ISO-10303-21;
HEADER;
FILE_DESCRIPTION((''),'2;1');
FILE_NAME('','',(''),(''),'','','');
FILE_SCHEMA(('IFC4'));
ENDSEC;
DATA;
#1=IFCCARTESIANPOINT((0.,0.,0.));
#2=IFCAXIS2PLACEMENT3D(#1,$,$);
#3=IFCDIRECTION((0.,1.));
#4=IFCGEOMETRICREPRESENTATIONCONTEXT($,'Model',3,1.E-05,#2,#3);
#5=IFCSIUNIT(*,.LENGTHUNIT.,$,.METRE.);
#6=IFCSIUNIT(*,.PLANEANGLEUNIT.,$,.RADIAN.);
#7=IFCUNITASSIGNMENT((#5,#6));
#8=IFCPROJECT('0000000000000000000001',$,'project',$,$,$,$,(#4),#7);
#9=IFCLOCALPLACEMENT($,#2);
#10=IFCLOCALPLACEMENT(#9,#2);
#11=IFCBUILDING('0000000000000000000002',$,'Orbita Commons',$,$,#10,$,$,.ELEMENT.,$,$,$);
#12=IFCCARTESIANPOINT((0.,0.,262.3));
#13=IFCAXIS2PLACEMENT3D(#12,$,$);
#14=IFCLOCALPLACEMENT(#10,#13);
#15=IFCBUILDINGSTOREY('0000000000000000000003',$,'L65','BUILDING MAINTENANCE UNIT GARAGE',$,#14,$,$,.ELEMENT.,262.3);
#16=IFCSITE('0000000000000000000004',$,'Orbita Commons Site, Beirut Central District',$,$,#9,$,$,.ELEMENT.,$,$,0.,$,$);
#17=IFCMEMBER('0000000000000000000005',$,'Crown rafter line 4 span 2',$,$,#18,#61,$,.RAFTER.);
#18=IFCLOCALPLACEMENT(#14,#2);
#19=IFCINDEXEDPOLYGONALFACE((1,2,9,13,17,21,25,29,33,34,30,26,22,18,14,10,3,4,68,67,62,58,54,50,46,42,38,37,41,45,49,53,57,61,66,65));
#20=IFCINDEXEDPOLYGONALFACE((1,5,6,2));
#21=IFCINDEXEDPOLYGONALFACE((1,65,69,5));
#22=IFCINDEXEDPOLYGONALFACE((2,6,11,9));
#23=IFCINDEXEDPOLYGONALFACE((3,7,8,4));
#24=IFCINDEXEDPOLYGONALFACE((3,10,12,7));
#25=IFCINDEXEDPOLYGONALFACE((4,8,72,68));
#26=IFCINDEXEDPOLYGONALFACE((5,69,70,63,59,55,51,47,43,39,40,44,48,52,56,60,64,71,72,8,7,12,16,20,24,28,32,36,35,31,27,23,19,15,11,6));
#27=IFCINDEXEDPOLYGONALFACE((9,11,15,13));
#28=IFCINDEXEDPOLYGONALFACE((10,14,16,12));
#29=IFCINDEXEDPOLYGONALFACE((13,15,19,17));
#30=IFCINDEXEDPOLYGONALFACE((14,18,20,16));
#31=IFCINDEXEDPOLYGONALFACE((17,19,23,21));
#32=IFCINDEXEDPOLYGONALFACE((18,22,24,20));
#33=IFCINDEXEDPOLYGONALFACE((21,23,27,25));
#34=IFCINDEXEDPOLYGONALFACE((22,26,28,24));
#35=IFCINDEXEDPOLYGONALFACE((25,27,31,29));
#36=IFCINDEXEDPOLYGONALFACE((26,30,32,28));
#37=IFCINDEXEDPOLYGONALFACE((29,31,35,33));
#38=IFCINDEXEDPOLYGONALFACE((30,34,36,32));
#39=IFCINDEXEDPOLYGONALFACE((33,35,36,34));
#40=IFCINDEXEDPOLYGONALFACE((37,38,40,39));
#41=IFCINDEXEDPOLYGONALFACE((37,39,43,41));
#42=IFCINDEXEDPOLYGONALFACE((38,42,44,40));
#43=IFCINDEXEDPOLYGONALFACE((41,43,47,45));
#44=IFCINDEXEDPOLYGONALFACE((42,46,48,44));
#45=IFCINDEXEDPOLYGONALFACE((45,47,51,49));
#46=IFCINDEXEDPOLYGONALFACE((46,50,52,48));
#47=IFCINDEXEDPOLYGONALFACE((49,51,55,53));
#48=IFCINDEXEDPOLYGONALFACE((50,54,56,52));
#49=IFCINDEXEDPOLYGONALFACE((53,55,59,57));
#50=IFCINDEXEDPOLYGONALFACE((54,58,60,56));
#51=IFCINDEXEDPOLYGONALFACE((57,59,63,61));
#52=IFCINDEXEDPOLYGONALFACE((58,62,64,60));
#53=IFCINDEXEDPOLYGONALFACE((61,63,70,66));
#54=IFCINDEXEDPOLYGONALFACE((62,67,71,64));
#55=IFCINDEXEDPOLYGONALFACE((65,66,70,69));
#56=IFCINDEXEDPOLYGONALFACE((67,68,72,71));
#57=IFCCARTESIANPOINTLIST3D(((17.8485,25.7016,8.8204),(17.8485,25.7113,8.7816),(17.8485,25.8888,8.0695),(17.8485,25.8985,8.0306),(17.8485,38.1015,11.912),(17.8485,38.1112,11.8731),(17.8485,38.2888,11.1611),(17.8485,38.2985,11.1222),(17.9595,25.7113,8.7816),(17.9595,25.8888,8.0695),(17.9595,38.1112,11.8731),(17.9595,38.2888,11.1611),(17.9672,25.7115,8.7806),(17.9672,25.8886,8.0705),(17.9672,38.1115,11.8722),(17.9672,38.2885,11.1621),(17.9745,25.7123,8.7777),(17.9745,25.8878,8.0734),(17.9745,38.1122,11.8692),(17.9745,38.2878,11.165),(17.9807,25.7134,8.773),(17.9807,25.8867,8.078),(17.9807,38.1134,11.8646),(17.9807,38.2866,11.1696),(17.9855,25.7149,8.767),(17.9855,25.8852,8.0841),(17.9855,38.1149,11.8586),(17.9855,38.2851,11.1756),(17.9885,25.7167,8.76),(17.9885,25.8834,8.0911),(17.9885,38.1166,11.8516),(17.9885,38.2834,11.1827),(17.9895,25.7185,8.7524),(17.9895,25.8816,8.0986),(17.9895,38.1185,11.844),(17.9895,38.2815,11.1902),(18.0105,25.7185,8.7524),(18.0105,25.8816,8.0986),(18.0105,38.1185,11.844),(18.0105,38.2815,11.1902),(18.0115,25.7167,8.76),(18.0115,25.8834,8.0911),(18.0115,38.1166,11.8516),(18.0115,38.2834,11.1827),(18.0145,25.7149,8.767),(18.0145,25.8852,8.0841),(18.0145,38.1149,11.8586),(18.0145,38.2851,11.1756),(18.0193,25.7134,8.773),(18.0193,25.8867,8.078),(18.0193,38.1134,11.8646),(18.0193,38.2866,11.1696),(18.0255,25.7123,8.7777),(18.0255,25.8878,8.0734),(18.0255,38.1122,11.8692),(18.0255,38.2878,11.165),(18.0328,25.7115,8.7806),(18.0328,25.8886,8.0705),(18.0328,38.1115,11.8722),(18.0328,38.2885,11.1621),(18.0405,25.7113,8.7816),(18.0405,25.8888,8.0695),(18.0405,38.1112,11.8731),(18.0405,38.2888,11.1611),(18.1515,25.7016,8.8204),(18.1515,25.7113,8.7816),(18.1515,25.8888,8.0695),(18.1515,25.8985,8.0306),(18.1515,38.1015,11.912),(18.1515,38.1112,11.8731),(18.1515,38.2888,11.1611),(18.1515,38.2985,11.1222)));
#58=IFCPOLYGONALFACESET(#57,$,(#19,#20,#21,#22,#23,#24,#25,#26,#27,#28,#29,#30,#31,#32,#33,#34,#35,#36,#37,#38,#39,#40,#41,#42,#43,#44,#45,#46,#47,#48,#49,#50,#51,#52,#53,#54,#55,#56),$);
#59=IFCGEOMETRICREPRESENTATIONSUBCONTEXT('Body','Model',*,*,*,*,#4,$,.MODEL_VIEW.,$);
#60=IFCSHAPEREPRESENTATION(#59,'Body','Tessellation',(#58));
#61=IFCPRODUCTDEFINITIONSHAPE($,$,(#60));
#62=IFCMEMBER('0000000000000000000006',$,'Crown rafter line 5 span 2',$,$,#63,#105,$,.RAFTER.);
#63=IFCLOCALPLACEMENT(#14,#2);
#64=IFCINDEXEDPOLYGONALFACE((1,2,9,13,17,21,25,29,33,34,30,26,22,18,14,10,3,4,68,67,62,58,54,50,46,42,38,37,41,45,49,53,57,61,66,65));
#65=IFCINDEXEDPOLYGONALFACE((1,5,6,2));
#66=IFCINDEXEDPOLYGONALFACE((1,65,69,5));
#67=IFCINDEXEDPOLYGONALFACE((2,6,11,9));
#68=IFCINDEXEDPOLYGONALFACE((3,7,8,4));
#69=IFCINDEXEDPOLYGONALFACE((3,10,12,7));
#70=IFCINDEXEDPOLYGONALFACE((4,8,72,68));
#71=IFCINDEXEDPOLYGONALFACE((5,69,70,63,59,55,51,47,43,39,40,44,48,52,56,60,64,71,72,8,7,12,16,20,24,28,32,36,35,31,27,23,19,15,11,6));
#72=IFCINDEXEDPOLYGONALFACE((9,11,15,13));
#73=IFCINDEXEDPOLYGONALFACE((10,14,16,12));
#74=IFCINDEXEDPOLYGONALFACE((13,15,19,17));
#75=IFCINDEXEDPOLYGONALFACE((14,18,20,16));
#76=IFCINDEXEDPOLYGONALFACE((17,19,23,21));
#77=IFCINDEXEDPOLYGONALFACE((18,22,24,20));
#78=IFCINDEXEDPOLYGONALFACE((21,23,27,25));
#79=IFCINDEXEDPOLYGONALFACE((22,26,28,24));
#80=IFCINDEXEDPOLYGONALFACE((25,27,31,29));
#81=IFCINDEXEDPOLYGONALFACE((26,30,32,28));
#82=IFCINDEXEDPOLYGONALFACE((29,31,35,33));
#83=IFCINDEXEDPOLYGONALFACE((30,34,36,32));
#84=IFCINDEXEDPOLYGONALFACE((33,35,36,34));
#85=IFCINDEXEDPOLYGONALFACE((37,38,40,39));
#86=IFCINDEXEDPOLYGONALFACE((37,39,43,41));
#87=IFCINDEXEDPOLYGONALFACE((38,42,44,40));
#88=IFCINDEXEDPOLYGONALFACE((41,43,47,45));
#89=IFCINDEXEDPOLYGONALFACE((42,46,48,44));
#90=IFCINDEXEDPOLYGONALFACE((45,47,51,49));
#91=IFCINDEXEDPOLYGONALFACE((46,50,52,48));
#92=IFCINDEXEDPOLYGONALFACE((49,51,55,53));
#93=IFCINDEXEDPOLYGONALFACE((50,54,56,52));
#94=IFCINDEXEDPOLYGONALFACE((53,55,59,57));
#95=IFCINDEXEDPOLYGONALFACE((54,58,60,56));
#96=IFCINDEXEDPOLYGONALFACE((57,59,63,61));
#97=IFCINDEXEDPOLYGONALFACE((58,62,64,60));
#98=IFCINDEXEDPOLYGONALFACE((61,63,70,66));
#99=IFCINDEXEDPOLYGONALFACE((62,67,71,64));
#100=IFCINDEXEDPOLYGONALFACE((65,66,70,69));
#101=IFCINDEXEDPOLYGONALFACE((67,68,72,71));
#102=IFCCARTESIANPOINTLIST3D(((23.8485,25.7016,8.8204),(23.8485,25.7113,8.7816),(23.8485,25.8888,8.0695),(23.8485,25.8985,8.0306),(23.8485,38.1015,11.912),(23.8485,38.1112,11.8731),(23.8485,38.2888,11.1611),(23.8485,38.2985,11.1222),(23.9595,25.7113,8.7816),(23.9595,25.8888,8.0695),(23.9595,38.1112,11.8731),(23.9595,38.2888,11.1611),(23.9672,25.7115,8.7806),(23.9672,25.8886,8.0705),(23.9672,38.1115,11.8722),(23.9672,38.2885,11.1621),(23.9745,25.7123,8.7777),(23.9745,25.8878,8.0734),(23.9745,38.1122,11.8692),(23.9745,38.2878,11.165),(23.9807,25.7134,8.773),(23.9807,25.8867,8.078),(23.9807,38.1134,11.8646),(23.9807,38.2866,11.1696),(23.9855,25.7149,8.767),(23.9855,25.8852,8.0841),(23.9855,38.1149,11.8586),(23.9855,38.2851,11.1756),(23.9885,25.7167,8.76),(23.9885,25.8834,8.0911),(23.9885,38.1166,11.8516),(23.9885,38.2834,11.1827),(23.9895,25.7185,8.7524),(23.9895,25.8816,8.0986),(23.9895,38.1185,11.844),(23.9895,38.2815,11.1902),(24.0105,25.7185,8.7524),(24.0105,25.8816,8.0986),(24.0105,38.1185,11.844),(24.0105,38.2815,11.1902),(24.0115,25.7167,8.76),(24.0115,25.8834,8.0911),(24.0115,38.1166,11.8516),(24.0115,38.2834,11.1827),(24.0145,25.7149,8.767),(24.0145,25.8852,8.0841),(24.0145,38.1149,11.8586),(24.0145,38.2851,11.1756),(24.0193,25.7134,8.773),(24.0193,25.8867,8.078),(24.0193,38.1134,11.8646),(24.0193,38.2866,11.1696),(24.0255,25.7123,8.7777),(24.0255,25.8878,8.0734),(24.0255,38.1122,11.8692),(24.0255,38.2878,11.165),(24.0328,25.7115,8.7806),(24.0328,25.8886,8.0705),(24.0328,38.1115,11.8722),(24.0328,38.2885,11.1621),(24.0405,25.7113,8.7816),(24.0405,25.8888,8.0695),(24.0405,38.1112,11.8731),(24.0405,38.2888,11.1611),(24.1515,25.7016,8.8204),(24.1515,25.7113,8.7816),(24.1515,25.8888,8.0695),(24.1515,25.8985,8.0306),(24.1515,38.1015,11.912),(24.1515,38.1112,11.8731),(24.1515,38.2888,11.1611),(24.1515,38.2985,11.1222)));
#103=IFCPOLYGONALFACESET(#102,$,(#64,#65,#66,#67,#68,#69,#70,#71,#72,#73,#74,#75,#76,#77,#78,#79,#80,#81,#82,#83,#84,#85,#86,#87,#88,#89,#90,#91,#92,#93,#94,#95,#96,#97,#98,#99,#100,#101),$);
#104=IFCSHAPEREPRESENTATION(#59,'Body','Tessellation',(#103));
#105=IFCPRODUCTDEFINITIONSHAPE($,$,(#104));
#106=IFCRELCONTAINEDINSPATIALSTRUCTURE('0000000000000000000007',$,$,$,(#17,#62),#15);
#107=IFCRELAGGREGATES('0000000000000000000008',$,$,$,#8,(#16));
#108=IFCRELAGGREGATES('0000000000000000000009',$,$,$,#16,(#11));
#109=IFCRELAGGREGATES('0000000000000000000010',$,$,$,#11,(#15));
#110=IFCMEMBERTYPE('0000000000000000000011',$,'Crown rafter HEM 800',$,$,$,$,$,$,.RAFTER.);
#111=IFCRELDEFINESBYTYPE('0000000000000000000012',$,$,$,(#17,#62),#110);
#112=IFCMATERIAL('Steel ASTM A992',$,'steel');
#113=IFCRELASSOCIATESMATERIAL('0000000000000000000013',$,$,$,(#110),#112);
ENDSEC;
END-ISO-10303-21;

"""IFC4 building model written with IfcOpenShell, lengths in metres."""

from ifc_helpers import new_model, si_unit, direction, frame, origin, origin_2d, place, context, subcontext, project, spatial, i_section, extrude, material, material_profile, profile_set, type_object, element, save


model = new_model("IFC4")

# Units and contexts
model_context = context("Model", 3, precision=1e-05, world=origin(), true_north=direction((0.0, 1.0)))
body_context = subcontext(model_context, "Body", "Model", "MODEL_VIEW")
ifc_project = project(units=[si_unit("LENGTHUNIT", "METRE"), si_unit("PLANEANGLEUNIT", "RADIAN")], contexts=[model_context])

# Site, building, storey
site_placement = place(None, origin())
site = spatial("IfcSite", under=ifc_project, at=site_placement, Name="Orbita Commons Site, Beirut Central District", CompositionType="ELEMENT", RefElevation=0.0)
building_placement = place(site_placement, origin())
building = spatial("IfcBuilding", under=site, at=building_placement, Name="Orbita Commons", CompositionType="ELEMENT")
storey_placement = place(building_placement, frame((0.0, 0.0, 262.3)))
storey = spatial("IfcBuildingStorey", under=building, at=storey_placement, Name="L65", Description="BUILDING MAINTENANCE UNIT GARAGE", CompositionType="ELEMENT", Elevation=262.3)

# Members
ifc_material_1 = material(Name="Steel ASTM A992", Category="steel")
ifc_material_profile_1 = material_profile(ifc_material_1, i_section(OverallWidth=0.303, OverallDepth=0.814, WebThickness=0.021, FlangeThickness=0.04, FilletRadius=0.03, at=origin_2d()), Name="HEM 800")
ifc_profile_set_1 = profile_set([ifc_material_profile_1], Name="Steel ASTM A992")
member_type_1 = type_object("IfcMemberType", Name="Crown rafter HEM 800", PredefinedType="RAFTER", material=ifc_profile_set_1)
for number, where, z_axis, x_axis, name in (
    (1, (18.0, 25.8, 8.4255), (0.0, 0.970297, 0.241915), (-1.0, 0.0, 0.0), "Crown rafter line 4 span 2"),
    (2, (24.0, 25.8, 8.4255), (0.0, 0.970297, 0.241915), (-1.0, 0.0, 0.0), "Crown rafter line 5 span 2"),
):
    element("IfcMember", number, at=place(storey_placement, frame(where, z_axis=z_axis, x_axis=x_axis)), inside=storey, type_object=member_type_1, Name=name, PredefinedType="RAFTER", context=body_context, shape_type="SweptSolid", body=[
        extrude(i_section(OverallWidth=0.303, OverallDepth=0.814, WebThickness=0.021, FlangeThickness=0.04, FilletRadius=0.03, at=origin_2d()), origin(), (0.0, 0.0, 1.0), 12.7795),
    ])

save(model, "model.ifc")
